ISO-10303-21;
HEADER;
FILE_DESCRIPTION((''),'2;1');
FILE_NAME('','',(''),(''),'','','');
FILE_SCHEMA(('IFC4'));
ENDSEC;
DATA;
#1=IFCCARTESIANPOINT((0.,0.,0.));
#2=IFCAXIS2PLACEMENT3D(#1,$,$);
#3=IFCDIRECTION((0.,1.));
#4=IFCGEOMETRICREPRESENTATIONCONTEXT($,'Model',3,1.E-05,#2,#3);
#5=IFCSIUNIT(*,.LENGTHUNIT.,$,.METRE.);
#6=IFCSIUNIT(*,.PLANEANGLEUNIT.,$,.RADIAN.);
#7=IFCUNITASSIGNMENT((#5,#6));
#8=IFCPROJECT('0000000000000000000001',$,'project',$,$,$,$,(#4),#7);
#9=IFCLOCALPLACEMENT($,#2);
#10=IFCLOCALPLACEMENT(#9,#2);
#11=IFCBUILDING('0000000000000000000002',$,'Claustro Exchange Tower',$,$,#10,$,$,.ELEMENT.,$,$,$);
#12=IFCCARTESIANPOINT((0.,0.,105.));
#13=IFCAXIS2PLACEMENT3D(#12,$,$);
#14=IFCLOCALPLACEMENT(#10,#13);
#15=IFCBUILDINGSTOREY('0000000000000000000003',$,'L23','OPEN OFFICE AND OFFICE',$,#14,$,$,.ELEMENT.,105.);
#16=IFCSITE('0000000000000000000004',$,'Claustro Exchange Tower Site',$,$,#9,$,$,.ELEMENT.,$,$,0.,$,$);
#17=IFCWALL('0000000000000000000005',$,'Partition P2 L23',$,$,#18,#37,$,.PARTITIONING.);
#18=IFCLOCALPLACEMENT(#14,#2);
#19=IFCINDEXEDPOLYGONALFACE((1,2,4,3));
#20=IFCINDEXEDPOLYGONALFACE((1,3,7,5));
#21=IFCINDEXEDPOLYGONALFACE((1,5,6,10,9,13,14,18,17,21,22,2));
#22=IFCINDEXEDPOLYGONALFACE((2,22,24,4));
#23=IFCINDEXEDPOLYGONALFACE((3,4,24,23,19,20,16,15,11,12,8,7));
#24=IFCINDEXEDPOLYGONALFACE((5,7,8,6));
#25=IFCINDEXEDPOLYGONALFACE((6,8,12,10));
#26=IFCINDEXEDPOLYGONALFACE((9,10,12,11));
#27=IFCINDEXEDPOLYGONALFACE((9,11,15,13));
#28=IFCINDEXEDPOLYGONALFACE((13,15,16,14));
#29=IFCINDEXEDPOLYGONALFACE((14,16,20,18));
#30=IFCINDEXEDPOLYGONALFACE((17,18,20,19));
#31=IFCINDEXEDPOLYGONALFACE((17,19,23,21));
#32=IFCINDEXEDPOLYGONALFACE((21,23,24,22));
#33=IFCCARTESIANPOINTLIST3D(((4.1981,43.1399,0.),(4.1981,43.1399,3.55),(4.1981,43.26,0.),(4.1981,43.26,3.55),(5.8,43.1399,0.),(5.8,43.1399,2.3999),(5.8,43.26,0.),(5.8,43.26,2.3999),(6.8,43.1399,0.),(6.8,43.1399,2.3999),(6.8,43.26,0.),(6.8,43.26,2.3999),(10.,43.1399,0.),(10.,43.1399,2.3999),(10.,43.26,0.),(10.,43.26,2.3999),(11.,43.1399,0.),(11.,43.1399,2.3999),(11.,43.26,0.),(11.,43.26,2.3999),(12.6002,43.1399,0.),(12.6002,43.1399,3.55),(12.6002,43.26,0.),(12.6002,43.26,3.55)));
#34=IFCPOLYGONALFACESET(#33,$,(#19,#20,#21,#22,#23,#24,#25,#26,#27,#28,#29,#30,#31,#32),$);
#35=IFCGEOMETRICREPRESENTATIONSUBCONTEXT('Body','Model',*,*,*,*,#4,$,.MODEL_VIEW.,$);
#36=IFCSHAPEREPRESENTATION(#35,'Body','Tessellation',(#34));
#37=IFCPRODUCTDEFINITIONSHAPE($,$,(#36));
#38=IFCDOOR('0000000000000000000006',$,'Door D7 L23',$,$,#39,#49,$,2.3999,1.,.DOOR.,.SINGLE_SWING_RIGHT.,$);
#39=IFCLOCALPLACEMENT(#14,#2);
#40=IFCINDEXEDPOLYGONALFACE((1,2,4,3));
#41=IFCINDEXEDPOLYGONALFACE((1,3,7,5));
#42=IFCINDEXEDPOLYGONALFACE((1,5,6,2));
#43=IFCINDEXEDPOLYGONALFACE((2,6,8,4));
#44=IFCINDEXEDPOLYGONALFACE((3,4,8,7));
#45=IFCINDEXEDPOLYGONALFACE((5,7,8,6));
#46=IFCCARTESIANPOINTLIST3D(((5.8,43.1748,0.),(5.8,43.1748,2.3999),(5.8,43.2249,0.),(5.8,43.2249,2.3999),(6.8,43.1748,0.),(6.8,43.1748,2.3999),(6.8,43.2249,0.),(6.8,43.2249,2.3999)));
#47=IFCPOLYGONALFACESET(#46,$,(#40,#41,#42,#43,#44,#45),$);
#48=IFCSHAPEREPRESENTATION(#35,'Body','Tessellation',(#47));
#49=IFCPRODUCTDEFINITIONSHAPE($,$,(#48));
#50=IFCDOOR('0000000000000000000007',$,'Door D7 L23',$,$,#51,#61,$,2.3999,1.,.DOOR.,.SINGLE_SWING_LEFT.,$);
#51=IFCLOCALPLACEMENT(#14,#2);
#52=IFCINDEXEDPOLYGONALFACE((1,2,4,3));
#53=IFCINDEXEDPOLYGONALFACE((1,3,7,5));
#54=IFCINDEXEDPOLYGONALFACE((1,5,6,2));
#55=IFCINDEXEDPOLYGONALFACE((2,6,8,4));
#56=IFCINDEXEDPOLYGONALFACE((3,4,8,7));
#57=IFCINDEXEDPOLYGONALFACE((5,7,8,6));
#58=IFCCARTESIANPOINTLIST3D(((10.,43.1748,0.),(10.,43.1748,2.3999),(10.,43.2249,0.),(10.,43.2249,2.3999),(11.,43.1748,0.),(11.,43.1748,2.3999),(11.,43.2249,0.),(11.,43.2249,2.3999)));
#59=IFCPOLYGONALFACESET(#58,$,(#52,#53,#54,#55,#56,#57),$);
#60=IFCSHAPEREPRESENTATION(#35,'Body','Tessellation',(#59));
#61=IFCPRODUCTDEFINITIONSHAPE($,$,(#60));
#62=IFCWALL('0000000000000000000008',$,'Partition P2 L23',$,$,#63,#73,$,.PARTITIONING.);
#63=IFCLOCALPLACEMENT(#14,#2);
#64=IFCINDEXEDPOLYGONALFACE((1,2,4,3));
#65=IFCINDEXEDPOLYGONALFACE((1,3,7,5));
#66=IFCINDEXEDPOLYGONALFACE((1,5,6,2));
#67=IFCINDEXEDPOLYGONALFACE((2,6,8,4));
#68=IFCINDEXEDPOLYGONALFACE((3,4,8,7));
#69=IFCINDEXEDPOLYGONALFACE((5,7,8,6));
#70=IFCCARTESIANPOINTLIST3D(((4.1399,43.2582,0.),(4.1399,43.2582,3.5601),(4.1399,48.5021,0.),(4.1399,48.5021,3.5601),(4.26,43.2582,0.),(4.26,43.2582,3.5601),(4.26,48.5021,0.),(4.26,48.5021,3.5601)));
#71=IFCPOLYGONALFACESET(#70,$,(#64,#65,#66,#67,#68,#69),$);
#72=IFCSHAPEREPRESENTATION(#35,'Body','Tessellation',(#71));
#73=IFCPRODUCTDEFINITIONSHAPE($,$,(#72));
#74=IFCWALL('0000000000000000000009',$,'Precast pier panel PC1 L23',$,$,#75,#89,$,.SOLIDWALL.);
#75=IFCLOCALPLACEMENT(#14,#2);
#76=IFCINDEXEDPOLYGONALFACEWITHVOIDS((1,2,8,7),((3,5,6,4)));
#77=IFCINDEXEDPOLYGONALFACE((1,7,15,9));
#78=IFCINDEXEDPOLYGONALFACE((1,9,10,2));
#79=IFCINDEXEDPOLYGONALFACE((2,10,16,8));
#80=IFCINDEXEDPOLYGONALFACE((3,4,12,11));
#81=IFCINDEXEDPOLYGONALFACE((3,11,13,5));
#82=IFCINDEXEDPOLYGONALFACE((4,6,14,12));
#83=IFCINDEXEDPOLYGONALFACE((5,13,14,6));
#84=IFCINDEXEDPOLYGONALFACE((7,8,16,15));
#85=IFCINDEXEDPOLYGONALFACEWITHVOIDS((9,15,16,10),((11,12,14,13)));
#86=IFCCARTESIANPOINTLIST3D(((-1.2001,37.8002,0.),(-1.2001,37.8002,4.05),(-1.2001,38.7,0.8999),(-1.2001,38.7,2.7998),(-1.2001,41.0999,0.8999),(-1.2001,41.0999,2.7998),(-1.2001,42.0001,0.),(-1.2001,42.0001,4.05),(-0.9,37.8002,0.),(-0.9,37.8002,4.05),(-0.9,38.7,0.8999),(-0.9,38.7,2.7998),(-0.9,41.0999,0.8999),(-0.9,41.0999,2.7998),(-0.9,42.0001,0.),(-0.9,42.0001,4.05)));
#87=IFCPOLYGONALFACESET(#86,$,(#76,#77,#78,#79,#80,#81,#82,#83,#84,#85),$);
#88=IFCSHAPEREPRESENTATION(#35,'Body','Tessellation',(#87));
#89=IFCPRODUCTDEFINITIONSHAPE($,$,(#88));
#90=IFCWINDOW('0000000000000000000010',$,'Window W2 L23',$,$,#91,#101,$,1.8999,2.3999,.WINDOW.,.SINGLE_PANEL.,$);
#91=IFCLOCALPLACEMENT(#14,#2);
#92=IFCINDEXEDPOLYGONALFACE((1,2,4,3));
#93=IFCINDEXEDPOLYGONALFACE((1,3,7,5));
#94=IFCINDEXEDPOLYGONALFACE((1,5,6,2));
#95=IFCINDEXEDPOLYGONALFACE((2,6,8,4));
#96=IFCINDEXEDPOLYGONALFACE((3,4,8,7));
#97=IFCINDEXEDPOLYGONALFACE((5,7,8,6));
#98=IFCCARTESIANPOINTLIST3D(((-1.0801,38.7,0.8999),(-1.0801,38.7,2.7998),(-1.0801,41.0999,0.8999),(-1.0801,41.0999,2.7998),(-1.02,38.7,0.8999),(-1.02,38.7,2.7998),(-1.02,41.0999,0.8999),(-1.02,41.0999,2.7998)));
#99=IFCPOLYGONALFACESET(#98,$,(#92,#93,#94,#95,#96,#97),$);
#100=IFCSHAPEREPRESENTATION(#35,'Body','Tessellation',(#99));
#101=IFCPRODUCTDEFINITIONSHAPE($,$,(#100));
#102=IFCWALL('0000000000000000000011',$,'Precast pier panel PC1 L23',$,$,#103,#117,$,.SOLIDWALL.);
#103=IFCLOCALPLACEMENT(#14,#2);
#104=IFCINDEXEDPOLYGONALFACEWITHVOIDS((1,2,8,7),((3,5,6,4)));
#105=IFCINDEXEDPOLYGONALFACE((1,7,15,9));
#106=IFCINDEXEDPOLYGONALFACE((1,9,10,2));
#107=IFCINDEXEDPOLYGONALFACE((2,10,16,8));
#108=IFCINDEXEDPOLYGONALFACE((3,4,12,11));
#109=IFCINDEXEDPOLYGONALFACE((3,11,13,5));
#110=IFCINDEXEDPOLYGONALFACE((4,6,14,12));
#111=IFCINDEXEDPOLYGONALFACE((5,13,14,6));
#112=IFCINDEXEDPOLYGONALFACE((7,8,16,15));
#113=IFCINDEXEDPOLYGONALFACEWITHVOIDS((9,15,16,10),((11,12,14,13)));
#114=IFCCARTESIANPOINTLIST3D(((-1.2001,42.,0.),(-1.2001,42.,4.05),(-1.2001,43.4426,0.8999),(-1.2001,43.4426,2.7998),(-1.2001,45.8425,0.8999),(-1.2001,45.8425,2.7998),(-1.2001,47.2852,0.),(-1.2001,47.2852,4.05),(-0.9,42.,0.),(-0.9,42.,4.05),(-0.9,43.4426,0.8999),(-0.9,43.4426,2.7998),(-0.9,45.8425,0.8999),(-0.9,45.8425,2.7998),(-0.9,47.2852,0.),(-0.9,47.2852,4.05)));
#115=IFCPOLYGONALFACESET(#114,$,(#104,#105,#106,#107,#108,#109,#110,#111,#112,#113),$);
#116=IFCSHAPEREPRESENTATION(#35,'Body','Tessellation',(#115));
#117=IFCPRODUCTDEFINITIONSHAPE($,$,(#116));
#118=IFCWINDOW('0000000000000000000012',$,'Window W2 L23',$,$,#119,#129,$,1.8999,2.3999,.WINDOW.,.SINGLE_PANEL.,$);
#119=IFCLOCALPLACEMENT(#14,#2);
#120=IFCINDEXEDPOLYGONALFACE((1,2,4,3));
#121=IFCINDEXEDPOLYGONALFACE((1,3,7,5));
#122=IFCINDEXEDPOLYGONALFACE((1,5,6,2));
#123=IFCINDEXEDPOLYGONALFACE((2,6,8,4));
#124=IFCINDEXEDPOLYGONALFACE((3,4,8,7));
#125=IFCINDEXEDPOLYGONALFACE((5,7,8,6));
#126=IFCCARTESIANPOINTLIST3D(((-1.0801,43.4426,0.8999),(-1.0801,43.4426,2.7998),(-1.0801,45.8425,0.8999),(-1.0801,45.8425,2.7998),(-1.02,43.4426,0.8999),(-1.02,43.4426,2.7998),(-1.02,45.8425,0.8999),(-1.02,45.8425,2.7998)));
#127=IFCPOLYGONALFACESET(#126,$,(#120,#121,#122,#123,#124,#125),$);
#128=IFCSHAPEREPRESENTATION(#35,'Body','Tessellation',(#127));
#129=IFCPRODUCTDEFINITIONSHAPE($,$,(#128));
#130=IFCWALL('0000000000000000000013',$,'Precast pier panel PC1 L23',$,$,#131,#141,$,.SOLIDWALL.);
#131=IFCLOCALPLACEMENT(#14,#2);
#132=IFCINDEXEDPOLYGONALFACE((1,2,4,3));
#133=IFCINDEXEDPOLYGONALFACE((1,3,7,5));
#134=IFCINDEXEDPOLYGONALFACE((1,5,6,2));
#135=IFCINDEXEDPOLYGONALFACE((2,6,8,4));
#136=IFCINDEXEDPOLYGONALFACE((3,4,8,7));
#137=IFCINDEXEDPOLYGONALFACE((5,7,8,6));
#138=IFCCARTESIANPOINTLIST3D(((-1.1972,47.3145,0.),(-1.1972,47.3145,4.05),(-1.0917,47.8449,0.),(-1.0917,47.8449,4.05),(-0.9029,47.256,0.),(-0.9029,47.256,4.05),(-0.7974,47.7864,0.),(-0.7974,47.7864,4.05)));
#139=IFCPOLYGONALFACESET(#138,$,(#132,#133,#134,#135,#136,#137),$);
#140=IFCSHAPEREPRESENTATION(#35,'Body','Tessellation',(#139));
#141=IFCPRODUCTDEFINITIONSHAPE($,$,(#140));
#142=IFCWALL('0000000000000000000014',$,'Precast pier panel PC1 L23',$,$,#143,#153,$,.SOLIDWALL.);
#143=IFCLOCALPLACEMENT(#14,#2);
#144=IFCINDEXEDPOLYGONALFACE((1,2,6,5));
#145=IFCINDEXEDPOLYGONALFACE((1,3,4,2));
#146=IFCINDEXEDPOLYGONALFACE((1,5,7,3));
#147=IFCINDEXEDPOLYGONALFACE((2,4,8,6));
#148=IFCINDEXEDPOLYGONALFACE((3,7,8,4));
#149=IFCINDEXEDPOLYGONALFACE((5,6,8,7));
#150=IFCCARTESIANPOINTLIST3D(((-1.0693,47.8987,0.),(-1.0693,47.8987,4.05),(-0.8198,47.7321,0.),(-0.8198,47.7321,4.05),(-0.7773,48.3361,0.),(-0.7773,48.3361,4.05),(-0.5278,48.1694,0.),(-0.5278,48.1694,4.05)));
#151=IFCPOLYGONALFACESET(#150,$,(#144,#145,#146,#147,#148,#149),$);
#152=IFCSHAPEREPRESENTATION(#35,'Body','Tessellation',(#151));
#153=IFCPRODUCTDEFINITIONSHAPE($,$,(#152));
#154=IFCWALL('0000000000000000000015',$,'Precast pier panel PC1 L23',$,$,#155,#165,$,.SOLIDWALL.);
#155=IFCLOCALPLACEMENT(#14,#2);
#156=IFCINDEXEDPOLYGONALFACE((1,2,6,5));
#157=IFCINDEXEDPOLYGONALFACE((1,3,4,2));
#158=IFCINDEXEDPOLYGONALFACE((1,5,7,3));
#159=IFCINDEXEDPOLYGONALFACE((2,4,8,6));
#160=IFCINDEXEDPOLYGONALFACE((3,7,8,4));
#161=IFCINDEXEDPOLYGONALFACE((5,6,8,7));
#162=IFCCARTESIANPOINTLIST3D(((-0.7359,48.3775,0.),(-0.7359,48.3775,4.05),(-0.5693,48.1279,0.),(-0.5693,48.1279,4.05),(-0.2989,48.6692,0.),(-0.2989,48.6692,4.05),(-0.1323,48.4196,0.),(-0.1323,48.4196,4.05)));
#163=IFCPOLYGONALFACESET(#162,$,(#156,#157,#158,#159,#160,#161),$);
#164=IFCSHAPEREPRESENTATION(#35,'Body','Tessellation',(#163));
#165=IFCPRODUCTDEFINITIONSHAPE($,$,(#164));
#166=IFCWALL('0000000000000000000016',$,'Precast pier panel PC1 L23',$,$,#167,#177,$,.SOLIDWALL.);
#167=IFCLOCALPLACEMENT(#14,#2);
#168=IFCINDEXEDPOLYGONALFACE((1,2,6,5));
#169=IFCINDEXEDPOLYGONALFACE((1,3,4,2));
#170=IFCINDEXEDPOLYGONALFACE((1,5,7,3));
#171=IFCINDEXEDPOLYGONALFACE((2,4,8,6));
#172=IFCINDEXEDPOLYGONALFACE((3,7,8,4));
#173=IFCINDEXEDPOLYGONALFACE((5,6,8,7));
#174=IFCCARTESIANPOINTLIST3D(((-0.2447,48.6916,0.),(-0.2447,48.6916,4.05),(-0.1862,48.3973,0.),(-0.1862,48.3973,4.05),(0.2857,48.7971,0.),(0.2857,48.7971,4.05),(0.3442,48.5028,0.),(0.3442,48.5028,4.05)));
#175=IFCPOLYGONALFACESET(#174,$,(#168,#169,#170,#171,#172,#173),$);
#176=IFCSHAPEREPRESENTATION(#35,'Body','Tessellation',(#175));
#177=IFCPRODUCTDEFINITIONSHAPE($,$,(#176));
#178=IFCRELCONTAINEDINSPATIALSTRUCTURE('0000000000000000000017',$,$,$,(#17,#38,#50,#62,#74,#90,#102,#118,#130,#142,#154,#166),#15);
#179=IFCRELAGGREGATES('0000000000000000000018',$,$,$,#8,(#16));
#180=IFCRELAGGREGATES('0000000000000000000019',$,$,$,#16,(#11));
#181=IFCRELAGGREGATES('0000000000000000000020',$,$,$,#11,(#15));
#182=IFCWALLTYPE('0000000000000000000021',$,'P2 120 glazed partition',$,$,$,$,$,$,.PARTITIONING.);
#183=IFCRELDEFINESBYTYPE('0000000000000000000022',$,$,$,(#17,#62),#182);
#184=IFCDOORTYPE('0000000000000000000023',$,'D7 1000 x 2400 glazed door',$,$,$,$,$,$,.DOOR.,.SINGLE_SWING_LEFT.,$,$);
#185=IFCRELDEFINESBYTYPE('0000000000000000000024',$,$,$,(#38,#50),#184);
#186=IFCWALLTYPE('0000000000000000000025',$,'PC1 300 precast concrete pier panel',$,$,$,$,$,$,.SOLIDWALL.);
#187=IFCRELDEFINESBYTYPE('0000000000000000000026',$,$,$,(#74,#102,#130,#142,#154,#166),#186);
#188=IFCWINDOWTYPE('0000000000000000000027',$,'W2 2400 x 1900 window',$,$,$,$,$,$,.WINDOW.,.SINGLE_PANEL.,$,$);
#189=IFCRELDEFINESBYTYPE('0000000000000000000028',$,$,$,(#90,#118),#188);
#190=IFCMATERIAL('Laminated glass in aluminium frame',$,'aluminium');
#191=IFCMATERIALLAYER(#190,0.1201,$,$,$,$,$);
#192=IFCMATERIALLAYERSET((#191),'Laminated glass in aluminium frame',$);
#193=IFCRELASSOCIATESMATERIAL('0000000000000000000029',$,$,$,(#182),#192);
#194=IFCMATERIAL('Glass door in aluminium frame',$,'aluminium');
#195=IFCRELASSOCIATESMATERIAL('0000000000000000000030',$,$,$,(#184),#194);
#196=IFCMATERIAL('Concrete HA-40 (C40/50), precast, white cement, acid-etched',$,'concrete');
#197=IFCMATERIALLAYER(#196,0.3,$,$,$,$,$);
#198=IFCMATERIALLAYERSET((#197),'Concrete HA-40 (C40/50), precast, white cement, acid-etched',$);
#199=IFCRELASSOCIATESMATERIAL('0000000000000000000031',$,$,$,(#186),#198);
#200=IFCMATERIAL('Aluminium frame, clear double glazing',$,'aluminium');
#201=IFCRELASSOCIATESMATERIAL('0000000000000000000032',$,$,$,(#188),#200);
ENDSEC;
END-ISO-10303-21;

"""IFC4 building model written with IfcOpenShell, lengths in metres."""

from ifc_helpers import new_model, si_unit, direction, frame, frame_2d, origin, place, context, subcontext, project, spatial, rectangle, extrude, material, layer, layer_set, type_object, element, fill, save


model = new_model("IFC4")

# Units and contexts
model_context = context("Model", 3, precision=1e-05, world=origin(), true_north=direction((0.0, 1.0)))
body_context = subcontext(model_context, "Body", "Model", "MODEL_VIEW")
ifc_project = project(units=[si_unit("LENGTHUNIT", "METRE"), si_unit("PLANEANGLEUNIT", "RADIAN")], contexts=[model_context])

# Site, building, storey
site_placement = place(None, origin())
site = spatial("IfcSite", under=ifc_project, at=site_placement, Name="Claustro Exchange Tower Site", CompositionType="ELEMENT", RefElevation=0.0)
building_placement = place(site_placement, origin())
building = spatial("IfcBuilding", under=site, at=building_placement, Name="Claustro Exchange Tower", CompositionType="ELEMENT")
storey_placement = place(building_placement, frame((0.0, 0.0, 105.0)))
storey = spatial("IfcBuildingStorey", under=building, at=storey_placement, Name="L23", Description="OPEN OFFICE AND OFFICE", CompositionType="ELEMENT", Elevation=105.0)

# Shared definitions
ifc_material_1 = material(Name="Laminated glass in aluminium frame", Category="aluminium")
ifc_layer_1 = layer(ifc_material_1, 0.1201)
ifc_layer_set_1 = layer_set([ifc_layer_1], Name="Laminated glass in aluminium frame")
wall_type_1 = type_object("IfcWallType", Name="P2 120 glazed partition", PredefinedType="PARTITIONING", material=ifc_layer_set_1)
ifc_material_2 = material(Name="Glass door in aluminium frame", Category="aluminium")
door_type = type_object("IfcDoorType", Name="D7 1000 x 2400 glazed door", OperationType="SINGLE_SWING_LEFT", PredefinedType="DOOR", material=ifc_material_2)

# Wall, openings, doors
wall_1_placement = place(storey_placement, frame((4.198, 43.2, 0.0), z_axis=(0.0, 0.0, 1.0), x_axis=(1.0, 0.0, 0.0)))
wall_1 = element("IfcWall", 1, at=wall_1_placement, inside=storey, type_object=wall_type_1, Name="Partition P2 L23", PredefinedType="PARTITIONING", context=body_context, shape_type="SweptSolid", body=[
    extrude(rectangle(XDim=8.4021, YDim=0.1201, at=frame_2d((4.2012, 0.0))), origin(), (0.0, 0.0, 1.0), 3.55),
])
opening_1_placement = place(wall_1_placement, frame((1.6021, 0.0, 0.0)))
opening_1 = element("IfcOpeningElement", 2, at=opening_1_placement, cuts=wall_1, PredefinedType="OPENING", context=body_context, shape_type="SweptSolid", body=[
    extrude(rectangle(XDim=1.0, YDim=2.3999, at=frame_2d((0.5, 1.2))), frame((0.0, 0.0701, 0.0), z_axis=(0.0, -1.0, 0.0), x_axis=(1.0, 0.0, 0.0)), (0.0, 0.0, 1.0), 0.1401),
])
opening_2_placement = place(wall_1_placement, frame((5.802, 0.0, 0.0)))
opening_2 = element("IfcOpeningElement", 3, at=opening_2_placement, cuts=wall_1, PredefinedType="OPENING", context=body_context, shape_type="SweptSolid", body=[
    extrude(rectangle(XDim=1.0, YDim=2.3999, at=frame_2d((0.5, 1.2))), frame((0.0, 0.0701, 0.0), z_axis=(0.0, -1.0, 0.0), x_axis=(1.0, 0.0, 0.0)), (0.0, 0.0, 1.0), 0.1401),
])
door_1_placement = place(opening_1_placement, origin())
door_1 = element("IfcDoor", 4, at=door_1_placement, inside=storey, type_object=door_type, Name="Door D7 L23", OperationType="SINGLE_SWING_RIGHT", OverallHeight=2.3999, OverallWidth=1.0, PredefinedType="DOOR", context=body_context, shape_type="SweptSolid", body=[
    extrude(rectangle(XDim=1.0, YDim=2.3999, at=frame_2d((0.5, 1.2))), frame((0.0, 0.0249, 0.0), z_axis=(0.0, -1.0, 0.0), x_axis=(1.0, 0.0, 0.0)), (0.0, 0.0, 1.0), 0.05),
])
fill(opening_1, door_1)
door_2_placement = place(opening_2_placement, origin())
door_2 = element("IfcDoor", 5, at=door_2_placement, inside=storey, type_object=door_type, Name="Door D7 L23", OperationType="SINGLE_SWING_LEFT", OverallHeight=2.3999, OverallWidth=1.0, PredefinedType="DOOR", context=body_context, shape_type="SweptSolid", body=[
    extrude(rectangle(XDim=1.0, YDim=2.3999, at=frame_2d((0.5, 1.2))), frame((0.0, 0.0249, 0.0), z_axis=(0.0, -1.0, 0.0), x_axis=(1.0, 0.0, 0.0)), (0.0, 0.0, 1.0), 0.05),
])
fill(opening_2, door_2)

# Wall
wall_2_placement = place(storey_placement, frame((4.2, 43.2581, 0.0), z_axis=(0.0, 0.0, 1.0), x_axis=(0.0, 1.0, 0.0)))
element("IfcWall", 6, at=wall_2_placement, inside=storey, type_object=wall_type_1, Name="Partition P2 L23", PredefinedType="PARTITIONING", context=body_context, shape_type="SweptSolid", body=[
    extrude(rectangle(XDim=5.2439, YDim=0.1201, at=frame_2d((2.6221, 0.0))), origin(), (0.0, 0.0, 1.0), 3.5601),
])

# Walls, openings, windows
ifc_material_3 = material(Name="Concrete HA-40 (C40/50), precast, white cement, acid-etched", Category="concrete")
ifc_layer_2 = layer(ifc_material_3, 0.3)
ifc_layer_set_2 = layer_set([ifc_layer_2], Name="Concrete HA-40 (C40/50), precast, white cement, acid-etched")
wall_type_2 = type_object("IfcWallType", Name="PC1 300 precast concrete pier panel", PredefinedType="SOLIDWALL", material=ifc_layer_set_2)
wall_3_placement = place(storey_placement, frame((-1.05, 37.8, 0.0), z_axis=(0.0, 0.0, 1.0), x_axis=(0.0, 1.0, 0.0)))
wall_3 = element("IfcWall", 7, at=wall_3_placement, inside=storey, type_object=wall_type_2, Name="Precast pier panel PC1 L23", PredefinedType="SOLIDWALL", context=body_context, shape_type="SweptSolid", body=[
    extrude(rectangle(XDim=4.2, YDim=0.3, at=frame_2d((2.1001, 0.0))), origin(), (0.0, 0.0, 1.0), 4.05),
])
opening_3_placement = place(wall_3_placement, frame((0.8999, 0.0, 0.8999)))
opening_3 = element("IfcOpeningElement", 8, at=opening_3_placement, cuts=wall_3, PredefinedType="OPENING", context=body_context, shape_type="SweptSolid", body=[
    extrude(rectangle(XDim=2.3999, YDim=1.8999, at=frame_2d((1.2, 0.95))), frame((0.0, 0.1599, 0.0), z_axis=(0.0, -1.0, 0.0), x_axis=(1.0, 0.0, 0.0)), (0.0, 0.0, 1.0), 0.3201),
])
ifc_material_4 = material(Name="Aluminium frame, clear double glazing", Category="aluminium")
window_type_1 = type_object("IfcWindowType", Name="W2 2400 x 1900 window", PartitioningType="SINGLE_PANEL", PredefinedType="WINDOW", material=ifc_material_4)
window_1_placement = place(opening_3_placement, origin())
window_1 = element("IfcWindow", 9, at=window_1_placement, inside=storey, type_object=window_type_1, Name="Window W2 L23", OverallHeight=1.8999, OverallWidth=2.3999, PartitioningType="SINGLE_PANEL", PredefinedType="WINDOW", context=body_context, shape_type="SweptSolid", body=[
    extrude(rectangle(XDim=2.3999, YDim=1.8999, at=frame_2d((1.2, 0.95))), frame((0.0, 0.03, 0.0), z_axis=(0.0, -1.0, 0.0), x_axis=(1.0, 0.0, 0.0)), (0.0, 0.0, 1.0), 0.0601),
])
fill(opening_3, window_1)
wall_4_placement = place(storey_placement, frame((-1.05, 42.0, 0.0), z_axis=(0.0, 0.0, 1.0), x_axis=(0.0, 1.0, 0.0)))
wall_4 = element("IfcWall", 10, at=wall_4_placement, inside=storey, type_object=wall_type_2, Name="Precast pier panel PC1 L23", PredefinedType="SOLIDWALL", context=body_context, shape_type="SweptSolid", body=[
    extrude(rectangle(XDim=5.2852, YDim=0.3, at=frame_2d((2.6426, 0.0))), origin(), (0.0, 0.0, 1.0), 4.05),
])
opening_4_placement = place(wall_4_placement, frame((1.4426, 0.0, 0.8999)))
opening_4 = element("IfcOpeningElement", 11, at=opening_4_placement, cuts=wall_4, PredefinedType="OPENING", context=body_context, shape_type="SweptSolid", body=[
    extrude(rectangle(XDim=2.3999, YDim=1.8999, at=frame_2d((1.2, 0.95))), frame((0.0, 0.1599, 0.0), z_axis=(0.0, -1.0, 0.0), x_axis=(1.0, 0.0, 0.0)), (0.0, 0.0, 1.0), 0.3201),
])
window_2_placement = place(opening_4_placement, origin())
window_2 = element("IfcWindow", 12, at=window_2_placement, inside=storey, type_object=window_type_1, Name="Window W2 L23", OverallHeight=1.8999, OverallWidth=2.3999, PartitioningType="SINGLE_PANEL", PredefinedType="WINDOW", context=body_context, shape_type="SweptSolid", body=[
    extrude(rectangle(XDim=2.3999, YDim=1.8999, at=frame_2d((1.2, 0.95))), frame((0.0, 0.03, 0.0), z_axis=(0.0, -1.0, 0.0), x_axis=(1.0, 0.0, 0.0)), (0.0, 0.0, 1.0), 0.0601),
])
fill(opening_4, window_2)

# Walls
wall_5_placement = place(storey_placement, frame((-1.05, 47.2852, 0.0), z_axis=(0.0, 0.0, 1.0), x_axis=(0.195074, 0.980789, 0.0)))
element("IfcWall", 13, at=wall_5_placement, inside=storey, type_object=wall_type_2, Name="Precast pier panel PC1 L23", PredefinedType="SOLIDWALL", context=body_context, shape_type="SweptSolid", body=[
    extrude(rectangle(XDim=0.5408, YDim=0.3, at=frame_2d((0.2705, 0.0))), origin(), (0.0, 0.0, 1.0), 4.05),
])
wall_6_placement = place(storey_placement, frame((-0.9446, 47.8154, 0.0), z_axis=(0.0, 0.0, 1.0), x_axis=(0.555343, 0.831621, 0.0)))
element("IfcWall", 14, at=wall_6_placement, inside=storey, type_object=wall_type_2, Name="Precast pier panel PC1 L23", PredefinedType="SOLIDWALL", context=body_context, shape_type="SweptSolid", body=[
    extrude(rectangle(XDim=0.5259, YDim=0.3, at=frame_2d((0.2629, 0.0))), origin(), (0.0, 0.0, 1.0), 4.05),
])
wall_7_placement = place(storey_placement, frame((-0.6526, 48.2527, 0.0), z_axis=(0.0, 0.0, 1.0), x_axis=(0.831693, 0.555236, 0.0)))
element("IfcWall", 15, at=wall_7_placement, inside=storey, type_object=wall_type_2, Name="Precast pier panel PC1 L23", PredefinedType="SOLIDWALL", context=body_context, shape_type="SweptSolid", body=[
    extrude(rectangle(XDim=0.5254, YDim=0.3, at=frame_2d((0.2627, 0.0))), origin(), (0.0, 0.0, 1.0), 4.05),
])
wall_8_placement = place(storey_placement, frame((-0.2156, 48.5444, 0.0), z_axis=(0.0, 0.0, 1.0), x_axis=(0.980789, 0.195074, 0.0)))
element("IfcWall", 16, at=wall_8_placement, inside=storey, type_object=wall_type_2, Name="Precast pier panel PC1 L23", PredefinedType="SOLIDWALL", context=body_context, shape_type="SweptSolid", body=[
    extrude(rectangle(XDim=0.5408, YDim=0.3, at=frame_2d((0.2705, 0.0))), origin(), (0.0, 0.0, 1.0), 4.05),
])

save(model, "model.ifc")
